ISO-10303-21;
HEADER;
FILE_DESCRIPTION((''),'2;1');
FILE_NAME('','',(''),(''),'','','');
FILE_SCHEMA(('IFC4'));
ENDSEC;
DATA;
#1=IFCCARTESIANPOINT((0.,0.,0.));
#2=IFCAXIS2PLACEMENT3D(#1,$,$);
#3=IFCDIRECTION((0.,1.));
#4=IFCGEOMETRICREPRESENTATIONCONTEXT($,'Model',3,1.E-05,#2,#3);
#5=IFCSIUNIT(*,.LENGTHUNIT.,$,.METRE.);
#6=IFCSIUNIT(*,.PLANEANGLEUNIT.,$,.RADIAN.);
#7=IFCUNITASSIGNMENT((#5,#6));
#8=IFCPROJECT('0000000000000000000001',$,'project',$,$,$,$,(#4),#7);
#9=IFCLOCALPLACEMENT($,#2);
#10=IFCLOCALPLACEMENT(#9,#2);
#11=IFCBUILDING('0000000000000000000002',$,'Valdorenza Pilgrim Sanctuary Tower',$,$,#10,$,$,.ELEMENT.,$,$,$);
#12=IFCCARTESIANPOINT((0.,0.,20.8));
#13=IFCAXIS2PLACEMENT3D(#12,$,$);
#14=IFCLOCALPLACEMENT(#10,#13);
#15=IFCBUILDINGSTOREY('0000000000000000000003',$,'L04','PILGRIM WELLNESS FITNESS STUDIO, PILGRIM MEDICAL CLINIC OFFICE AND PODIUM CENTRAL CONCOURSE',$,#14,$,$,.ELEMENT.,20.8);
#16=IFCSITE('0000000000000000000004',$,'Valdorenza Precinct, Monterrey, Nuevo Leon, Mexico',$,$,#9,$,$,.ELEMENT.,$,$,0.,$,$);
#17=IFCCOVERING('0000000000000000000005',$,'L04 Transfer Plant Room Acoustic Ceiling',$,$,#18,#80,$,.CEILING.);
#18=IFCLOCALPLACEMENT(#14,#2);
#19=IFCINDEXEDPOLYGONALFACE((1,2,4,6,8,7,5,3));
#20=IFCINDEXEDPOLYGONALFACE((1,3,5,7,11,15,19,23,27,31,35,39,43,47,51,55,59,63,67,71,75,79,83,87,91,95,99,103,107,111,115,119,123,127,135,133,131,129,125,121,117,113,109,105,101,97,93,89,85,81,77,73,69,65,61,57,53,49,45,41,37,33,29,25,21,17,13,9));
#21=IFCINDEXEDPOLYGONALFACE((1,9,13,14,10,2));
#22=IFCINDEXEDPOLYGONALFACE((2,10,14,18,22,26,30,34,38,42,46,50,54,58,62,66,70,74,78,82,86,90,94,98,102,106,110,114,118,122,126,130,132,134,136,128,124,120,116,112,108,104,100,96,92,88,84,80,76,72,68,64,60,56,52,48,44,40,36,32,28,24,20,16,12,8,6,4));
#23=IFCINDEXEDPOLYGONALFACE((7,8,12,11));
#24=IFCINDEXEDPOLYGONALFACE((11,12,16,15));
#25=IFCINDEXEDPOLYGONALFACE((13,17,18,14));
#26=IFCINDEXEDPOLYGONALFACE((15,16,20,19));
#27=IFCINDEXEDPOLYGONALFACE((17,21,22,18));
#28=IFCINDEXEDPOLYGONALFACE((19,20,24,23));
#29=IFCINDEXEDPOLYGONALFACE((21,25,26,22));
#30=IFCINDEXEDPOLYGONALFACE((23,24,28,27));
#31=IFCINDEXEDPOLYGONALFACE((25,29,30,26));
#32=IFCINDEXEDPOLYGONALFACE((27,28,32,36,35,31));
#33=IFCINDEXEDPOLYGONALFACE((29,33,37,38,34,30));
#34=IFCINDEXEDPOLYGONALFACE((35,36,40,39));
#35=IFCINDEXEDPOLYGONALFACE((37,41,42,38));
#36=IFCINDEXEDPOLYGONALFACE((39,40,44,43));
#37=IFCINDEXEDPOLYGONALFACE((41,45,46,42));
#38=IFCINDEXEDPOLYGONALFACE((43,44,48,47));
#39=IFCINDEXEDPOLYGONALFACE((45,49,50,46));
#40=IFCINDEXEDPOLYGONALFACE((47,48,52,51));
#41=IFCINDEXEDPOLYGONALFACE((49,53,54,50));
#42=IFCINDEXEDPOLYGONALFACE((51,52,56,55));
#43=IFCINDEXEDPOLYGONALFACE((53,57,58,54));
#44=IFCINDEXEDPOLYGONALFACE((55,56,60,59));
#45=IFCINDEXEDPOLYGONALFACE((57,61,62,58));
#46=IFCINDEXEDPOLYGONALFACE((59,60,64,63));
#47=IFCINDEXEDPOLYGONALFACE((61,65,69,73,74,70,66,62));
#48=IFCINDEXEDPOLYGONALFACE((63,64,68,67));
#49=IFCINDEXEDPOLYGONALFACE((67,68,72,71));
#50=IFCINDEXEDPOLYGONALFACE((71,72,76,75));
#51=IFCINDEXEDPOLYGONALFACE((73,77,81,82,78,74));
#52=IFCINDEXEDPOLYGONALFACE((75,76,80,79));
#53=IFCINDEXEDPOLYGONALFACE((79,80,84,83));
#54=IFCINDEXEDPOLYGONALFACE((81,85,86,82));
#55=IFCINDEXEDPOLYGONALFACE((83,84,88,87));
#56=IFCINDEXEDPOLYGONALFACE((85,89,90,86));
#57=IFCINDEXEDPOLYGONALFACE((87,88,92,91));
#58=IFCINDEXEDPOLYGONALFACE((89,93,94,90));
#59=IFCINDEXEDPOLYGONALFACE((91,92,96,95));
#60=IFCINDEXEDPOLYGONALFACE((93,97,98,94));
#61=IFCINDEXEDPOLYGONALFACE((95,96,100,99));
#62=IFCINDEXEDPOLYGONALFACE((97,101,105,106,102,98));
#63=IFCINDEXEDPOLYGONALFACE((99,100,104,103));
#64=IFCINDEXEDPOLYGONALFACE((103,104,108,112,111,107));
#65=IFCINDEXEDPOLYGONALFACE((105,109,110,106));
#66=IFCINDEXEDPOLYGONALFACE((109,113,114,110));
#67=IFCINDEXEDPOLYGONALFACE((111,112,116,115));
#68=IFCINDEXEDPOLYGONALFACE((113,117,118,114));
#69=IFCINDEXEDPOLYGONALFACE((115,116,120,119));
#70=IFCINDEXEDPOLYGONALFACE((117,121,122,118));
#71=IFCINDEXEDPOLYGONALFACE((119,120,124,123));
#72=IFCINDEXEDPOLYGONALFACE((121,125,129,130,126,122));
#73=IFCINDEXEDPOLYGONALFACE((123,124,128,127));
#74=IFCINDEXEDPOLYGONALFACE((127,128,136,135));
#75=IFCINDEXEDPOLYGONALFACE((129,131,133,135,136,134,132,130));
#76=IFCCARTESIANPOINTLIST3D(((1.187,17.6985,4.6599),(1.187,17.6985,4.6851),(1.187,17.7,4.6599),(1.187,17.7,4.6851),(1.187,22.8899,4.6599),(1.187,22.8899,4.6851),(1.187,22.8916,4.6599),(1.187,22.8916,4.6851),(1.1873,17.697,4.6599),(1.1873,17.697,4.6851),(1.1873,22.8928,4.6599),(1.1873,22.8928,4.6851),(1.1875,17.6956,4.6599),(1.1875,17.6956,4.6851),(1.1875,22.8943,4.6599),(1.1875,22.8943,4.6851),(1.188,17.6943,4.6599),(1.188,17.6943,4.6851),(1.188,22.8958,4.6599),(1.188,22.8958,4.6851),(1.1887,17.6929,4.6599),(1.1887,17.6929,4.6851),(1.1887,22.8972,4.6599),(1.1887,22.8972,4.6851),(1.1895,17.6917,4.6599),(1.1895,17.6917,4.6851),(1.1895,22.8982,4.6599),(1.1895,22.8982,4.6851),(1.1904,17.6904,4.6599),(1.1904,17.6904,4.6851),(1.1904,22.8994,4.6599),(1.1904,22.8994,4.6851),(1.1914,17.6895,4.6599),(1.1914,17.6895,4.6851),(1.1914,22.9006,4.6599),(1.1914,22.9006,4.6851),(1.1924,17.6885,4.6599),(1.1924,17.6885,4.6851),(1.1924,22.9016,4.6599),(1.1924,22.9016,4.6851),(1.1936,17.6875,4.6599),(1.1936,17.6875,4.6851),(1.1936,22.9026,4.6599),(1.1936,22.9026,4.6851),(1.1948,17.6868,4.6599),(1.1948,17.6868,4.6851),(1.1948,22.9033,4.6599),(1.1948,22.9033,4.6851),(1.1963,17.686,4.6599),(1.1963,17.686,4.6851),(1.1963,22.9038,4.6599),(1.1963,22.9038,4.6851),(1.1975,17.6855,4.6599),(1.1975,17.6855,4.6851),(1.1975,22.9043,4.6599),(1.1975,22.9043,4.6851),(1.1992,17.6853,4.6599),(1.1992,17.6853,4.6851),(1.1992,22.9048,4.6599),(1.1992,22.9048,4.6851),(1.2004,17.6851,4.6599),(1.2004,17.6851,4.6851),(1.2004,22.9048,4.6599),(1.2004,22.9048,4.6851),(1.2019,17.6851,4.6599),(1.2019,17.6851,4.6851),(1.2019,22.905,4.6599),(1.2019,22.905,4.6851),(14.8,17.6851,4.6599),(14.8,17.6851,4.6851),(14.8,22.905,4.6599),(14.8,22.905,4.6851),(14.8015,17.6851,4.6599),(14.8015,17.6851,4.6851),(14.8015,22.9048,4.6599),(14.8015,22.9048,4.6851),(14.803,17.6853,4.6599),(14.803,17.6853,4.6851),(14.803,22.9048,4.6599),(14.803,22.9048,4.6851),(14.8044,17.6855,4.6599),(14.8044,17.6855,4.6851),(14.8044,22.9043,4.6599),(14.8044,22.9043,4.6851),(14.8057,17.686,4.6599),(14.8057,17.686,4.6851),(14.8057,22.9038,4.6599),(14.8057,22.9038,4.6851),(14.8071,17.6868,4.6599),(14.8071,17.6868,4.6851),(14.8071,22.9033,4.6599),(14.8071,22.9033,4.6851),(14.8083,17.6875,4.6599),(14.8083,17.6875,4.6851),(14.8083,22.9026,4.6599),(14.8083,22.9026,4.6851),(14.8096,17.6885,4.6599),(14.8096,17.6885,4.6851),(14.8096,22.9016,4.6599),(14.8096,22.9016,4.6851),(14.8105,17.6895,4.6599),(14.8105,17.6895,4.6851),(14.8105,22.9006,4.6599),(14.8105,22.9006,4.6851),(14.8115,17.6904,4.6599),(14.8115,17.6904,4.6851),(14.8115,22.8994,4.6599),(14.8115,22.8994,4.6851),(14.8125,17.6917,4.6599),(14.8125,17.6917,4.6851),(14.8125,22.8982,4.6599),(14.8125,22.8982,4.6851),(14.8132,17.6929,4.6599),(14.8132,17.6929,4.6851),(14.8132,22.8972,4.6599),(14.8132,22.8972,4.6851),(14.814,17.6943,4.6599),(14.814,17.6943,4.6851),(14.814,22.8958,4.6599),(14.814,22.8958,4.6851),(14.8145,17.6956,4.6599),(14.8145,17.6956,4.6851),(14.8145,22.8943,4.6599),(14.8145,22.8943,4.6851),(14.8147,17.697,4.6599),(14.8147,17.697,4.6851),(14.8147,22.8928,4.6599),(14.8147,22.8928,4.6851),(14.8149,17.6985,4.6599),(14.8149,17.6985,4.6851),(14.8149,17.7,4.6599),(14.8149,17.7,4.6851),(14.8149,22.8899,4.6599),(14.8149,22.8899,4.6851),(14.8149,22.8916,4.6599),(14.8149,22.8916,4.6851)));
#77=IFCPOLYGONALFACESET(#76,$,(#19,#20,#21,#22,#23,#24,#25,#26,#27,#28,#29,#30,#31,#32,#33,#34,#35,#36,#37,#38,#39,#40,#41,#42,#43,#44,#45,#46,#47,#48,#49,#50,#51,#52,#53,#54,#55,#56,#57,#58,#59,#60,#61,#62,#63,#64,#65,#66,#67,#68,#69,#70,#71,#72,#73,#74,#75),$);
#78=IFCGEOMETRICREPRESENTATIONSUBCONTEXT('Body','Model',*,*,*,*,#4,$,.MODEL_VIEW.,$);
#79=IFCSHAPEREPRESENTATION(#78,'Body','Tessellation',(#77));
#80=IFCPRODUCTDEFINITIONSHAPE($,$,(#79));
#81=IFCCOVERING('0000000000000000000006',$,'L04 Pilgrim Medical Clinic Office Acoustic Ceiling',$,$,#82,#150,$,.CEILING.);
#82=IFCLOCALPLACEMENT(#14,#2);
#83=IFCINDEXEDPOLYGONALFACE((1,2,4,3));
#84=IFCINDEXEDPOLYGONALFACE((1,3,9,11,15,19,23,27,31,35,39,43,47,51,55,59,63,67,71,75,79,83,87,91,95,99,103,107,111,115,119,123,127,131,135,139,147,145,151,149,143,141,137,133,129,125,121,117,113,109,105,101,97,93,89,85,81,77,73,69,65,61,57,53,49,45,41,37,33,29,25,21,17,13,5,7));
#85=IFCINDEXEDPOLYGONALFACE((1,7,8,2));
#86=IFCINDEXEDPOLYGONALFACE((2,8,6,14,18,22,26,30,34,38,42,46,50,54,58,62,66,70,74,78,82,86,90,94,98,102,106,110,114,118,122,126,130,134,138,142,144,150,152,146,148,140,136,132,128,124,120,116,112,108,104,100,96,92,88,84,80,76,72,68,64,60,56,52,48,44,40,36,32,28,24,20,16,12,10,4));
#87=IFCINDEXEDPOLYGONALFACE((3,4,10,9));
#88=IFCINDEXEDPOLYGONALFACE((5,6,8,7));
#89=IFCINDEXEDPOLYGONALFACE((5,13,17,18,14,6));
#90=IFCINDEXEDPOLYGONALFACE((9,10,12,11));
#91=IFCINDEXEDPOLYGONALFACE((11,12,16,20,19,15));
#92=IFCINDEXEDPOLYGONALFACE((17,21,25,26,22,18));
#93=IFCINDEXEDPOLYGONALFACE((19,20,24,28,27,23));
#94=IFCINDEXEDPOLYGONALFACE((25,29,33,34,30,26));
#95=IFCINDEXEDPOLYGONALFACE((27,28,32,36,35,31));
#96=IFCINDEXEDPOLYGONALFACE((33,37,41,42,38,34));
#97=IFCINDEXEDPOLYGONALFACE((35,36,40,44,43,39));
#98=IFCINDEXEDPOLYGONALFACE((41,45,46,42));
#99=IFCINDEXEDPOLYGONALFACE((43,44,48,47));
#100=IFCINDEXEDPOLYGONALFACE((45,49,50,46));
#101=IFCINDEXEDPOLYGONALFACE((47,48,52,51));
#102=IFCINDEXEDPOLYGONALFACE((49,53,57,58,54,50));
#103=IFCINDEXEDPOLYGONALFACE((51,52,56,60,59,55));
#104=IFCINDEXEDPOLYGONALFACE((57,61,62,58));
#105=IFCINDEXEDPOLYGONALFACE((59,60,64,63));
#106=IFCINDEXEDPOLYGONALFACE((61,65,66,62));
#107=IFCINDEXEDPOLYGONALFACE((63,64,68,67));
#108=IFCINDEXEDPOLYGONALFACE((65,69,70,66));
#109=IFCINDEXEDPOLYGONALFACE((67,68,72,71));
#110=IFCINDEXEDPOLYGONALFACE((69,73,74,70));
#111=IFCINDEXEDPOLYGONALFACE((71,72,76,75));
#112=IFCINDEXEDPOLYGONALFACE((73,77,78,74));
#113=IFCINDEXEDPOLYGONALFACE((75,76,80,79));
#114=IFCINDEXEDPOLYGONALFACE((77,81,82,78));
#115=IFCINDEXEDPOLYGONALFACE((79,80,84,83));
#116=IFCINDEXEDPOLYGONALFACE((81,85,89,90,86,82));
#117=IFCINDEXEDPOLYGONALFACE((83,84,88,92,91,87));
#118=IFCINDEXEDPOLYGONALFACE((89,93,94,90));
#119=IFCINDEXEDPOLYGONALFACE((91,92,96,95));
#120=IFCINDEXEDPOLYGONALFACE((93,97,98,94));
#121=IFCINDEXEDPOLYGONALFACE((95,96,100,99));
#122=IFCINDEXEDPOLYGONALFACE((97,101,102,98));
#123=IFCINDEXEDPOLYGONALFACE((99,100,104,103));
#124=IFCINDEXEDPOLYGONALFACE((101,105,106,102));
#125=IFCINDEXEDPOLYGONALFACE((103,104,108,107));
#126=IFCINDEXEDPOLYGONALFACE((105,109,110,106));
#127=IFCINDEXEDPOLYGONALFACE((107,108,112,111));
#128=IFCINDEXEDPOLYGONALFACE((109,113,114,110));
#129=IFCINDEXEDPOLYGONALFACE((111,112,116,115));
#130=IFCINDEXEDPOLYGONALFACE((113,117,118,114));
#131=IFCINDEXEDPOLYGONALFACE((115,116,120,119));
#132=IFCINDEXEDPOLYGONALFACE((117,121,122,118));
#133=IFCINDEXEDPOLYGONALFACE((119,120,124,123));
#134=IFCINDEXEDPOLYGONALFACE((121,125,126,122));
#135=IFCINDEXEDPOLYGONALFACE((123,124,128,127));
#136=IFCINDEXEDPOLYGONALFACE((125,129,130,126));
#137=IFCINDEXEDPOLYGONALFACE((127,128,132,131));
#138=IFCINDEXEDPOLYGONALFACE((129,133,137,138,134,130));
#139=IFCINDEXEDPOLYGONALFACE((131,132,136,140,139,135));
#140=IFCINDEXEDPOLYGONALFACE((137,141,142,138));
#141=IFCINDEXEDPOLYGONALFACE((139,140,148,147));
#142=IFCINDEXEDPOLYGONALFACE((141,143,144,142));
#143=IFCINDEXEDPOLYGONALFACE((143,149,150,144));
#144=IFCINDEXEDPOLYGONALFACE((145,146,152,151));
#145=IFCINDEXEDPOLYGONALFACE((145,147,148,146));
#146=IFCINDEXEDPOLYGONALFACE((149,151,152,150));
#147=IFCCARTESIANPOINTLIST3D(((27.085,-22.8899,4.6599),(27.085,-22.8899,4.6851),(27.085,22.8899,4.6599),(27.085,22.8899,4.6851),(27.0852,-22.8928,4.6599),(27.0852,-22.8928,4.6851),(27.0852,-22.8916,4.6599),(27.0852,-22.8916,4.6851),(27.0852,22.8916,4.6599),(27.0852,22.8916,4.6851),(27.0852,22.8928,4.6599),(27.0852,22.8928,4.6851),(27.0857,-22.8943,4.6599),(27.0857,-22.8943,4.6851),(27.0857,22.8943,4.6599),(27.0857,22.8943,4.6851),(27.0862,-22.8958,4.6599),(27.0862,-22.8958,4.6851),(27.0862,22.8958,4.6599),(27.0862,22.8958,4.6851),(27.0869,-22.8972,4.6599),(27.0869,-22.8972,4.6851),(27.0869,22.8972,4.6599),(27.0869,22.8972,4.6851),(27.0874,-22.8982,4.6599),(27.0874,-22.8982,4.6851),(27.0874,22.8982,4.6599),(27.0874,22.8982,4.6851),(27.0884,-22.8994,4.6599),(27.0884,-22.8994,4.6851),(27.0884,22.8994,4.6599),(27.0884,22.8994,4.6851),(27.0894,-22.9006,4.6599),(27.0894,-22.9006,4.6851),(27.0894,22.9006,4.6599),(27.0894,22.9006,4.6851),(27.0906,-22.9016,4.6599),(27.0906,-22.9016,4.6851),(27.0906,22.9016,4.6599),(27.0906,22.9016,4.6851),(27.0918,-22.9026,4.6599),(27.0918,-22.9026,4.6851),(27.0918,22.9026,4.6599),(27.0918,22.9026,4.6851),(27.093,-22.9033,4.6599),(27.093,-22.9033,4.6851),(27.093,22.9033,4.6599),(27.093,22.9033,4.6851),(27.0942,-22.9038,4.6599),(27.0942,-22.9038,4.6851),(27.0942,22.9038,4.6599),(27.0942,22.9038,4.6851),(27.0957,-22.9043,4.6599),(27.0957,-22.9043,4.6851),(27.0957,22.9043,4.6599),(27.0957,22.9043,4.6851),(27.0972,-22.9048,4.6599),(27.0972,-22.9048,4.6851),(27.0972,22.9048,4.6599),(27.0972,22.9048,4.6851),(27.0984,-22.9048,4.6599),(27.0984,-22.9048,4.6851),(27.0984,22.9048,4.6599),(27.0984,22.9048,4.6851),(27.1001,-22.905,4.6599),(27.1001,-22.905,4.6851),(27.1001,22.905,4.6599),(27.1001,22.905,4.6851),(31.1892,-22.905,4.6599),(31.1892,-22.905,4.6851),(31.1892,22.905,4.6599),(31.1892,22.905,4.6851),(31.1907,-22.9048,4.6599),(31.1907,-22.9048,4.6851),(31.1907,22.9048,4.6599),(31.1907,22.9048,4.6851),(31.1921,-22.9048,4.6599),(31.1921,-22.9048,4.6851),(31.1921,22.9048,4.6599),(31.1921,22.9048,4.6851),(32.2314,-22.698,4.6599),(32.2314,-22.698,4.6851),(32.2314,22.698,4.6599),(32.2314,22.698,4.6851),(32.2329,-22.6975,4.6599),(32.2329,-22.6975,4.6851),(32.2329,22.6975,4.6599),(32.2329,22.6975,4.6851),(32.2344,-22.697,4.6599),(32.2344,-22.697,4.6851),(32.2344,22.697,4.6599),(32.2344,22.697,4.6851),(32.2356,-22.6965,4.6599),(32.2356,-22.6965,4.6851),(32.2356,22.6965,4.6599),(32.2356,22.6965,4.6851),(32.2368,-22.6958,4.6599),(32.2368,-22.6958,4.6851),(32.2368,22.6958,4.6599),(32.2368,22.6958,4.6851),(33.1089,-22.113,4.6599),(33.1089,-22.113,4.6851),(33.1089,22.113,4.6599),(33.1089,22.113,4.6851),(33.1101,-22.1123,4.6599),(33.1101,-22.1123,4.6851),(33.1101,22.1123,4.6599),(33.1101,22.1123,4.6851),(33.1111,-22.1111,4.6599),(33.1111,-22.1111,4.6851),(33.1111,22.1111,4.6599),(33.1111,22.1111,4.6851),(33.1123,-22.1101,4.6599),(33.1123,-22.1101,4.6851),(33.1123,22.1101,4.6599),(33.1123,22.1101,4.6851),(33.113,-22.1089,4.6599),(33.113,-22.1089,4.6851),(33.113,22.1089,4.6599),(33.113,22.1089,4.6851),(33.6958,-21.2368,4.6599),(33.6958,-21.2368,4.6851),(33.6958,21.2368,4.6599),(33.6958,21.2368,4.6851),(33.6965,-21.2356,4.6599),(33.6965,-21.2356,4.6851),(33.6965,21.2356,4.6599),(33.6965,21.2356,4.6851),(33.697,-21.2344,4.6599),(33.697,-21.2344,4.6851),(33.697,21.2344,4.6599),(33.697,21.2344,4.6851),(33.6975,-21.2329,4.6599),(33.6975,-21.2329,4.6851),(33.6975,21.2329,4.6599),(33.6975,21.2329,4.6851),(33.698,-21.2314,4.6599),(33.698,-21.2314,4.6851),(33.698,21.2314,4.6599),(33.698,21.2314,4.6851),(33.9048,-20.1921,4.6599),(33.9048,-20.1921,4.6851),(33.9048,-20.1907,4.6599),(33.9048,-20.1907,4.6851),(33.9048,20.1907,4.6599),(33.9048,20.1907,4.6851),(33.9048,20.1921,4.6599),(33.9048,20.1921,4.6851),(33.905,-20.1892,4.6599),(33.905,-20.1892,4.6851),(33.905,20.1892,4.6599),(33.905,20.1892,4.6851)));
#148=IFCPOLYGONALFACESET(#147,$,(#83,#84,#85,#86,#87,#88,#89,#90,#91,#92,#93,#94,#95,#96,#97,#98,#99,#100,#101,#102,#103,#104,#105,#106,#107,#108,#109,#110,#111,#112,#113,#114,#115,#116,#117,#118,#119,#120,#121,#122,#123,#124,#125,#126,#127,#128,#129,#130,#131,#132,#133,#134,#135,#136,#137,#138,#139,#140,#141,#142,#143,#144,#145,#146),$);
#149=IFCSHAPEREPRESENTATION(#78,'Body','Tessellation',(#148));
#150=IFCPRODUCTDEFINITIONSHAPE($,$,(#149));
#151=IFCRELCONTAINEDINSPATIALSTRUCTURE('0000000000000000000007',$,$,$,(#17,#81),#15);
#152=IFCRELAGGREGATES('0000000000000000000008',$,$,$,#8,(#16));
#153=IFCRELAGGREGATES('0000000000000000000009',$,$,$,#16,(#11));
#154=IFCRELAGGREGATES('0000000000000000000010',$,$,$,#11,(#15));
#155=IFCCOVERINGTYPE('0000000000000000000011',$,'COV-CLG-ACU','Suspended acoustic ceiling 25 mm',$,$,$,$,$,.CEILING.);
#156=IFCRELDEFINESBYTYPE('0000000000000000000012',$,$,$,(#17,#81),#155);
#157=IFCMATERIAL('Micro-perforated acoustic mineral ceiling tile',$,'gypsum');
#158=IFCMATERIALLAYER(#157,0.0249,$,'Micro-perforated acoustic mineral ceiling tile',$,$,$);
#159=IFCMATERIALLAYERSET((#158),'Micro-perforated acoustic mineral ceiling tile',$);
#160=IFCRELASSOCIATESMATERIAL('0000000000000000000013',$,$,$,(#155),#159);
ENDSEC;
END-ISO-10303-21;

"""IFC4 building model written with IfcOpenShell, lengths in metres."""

from ifc_helpers import new_model, si_unit, direction, frame, origin, place, context, subcontext, project, spatial, polyline, outline, extrude, material, layer, layer_set, type_object, element, save


model = new_model("IFC4")

# Units and contexts
model_context = context("Model", 3, precision=1e-05, world=origin(), true_north=direction((0.0, 1.0)))
body_context = subcontext(model_context, "Body", "Model", "MODEL_VIEW")
ifc_project = project(units=[si_unit("LENGTHUNIT", "METRE"), si_unit("PLANEANGLEUNIT", "RADIAN")], contexts=[model_context])

# Site, building, storey
site_placement = place(None, origin())
site = spatial("IfcSite", under=ifc_project, at=site_placement, Name="Valdorenza Precinct, Monterrey, Nuevo Leon, Mexico", CompositionType="ELEMENT", RefElevation=0.0)
building_placement = place(site_placement, origin())
building = spatial("IfcBuilding", under=site, at=building_placement, Name="Valdorenza Pilgrim Sanctuary Tower", CompositionType="ELEMENT")
storey_placement = place(building_placement, frame((0.0, 0.0, 20.8)))
storey = spatial("IfcBuildingStorey", under=building, at=storey_placement, Name="L04", Description="PILGRIM WELLNESS FITNESS STUDIO, PILGRIM MEDICAL CLINIC OFFICE AND PODIUM CENTRAL CONCOURSE", CompositionType="ELEMENT", Elevation=20.8)

# Coverings
ifc_material_1 = material(Name="Micro-perforated acoustic mineral ceiling tile", Category="gypsum")
ifc_layer_1 = layer(ifc_material_1, 0.0249, Name="Micro-perforated acoustic mineral ceiling tile")
ifc_layer_set_1 = layer_set([ifc_layer_1], Name="Micro-perforated acoustic mineral ceiling tile")
covering_type_1 = type_object("IfcCoveringType", Name="COV-CLG-ACU", Description="Suspended acoustic ceiling 25 mm", PredefinedType="CEILING", material=ifc_layer_set_1)
covering_1_placement = place(storey_placement, frame((0.0, 0.0, 4.6599)))
element("IfcCovering", 1, at=covering_1_placement, inside=storey, type_object=covering_type_1, Name="L04 Transfer Plant Room Acoustic Ceiling", PredefinedType="CEILING", context=body_context, shape_type="SweptSolid", body=[
    extrude(outline(polyline([(1.2019, 17.6851), (1.2004, 17.6851), (1.1992, 17.6853), (1.1975, 17.6855), (1.1963, 17.686), (1.1948, 17.6868), (1.1936, 17.6875), (1.1924, 17.6885), (1.1914, 17.6895), (1.1904, 17.6904), (1.1895, 17.6917), (1.1887, 17.6929), (1.188, 17.6943), (1.1875, 17.6956), (1.1873, 17.697), (1.187, 17.6985), (1.187, 17.7), (1.187, 22.8899), (1.187, 22.8916), (1.1873, 22.8928), (1.1875, 22.8943), (1.188, 22.8958), (1.1887, 22.8972), (1.1895, 22.8982), (1.1904, 22.8994), (1.1914, 22.9006), (1.1924, 22.9016), (1.1936, 22.9026), (1.1948, 22.9033), (1.1963, 22.9038), (1.1975, 22.9043), (1.1992, 22.9048), (1.2004, 22.9048), (1.2019, 22.905), (14.8, 22.905), (14.8015, 22.9048), (14.803, 22.9048), (14.8044, 22.9043), (14.8057, 22.9038), (14.8071, 22.9033), (14.8083, 22.9026), (14.8096, 22.9016), (14.8105, 22.9006), (14.8115, 22.8994), (14.8125, 22.8982), (14.8132, 22.8972), (14.814, 22.8958), (14.8145, 22.8943), (14.8147, 22.8928), (14.8149, 22.8916), (14.8149, 22.8899), (14.8149, 17.7), (14.8149, 17.6985), (14.8147, 17.697), (14.8145, 17.6956), (14.814, 17.6943), (14.8132, 17.6929), (14.8125, 17.6917), (14.8115, 17.6904), (14.8105, 17.6895), (14.8096, 17.6885), (14.8083, 17.6875), (14.8071, 17.6868), (14.8057, 17.686), (14.8044, 17.6855), (14.803, 17.6853), (14.8015, 17.6851), (14.8, 17.6851), (1.2019, 17.6851)])), origin(), (0.0, 0.0, 1.0), 0.0251),
])
covering_2_placement = place(storey_placement, frame((0.0, 0.0, 4.6599)))
element("IfcCovering", 2, at=covering_2_placement, inside=storey, type_object=covering_type_1, Name="L04 Pilgrim Medical Clinic Office Acoustic Ceiling", PredefinedType="CEILING", context=body_context, shape_type="SweptSolid", body=[
    extrude(outline(polyline([(31.1892, 22.905), (31.1907, 22.9048), (31.1921, 22.9048), (32.2314, 22.698), (32.2329, 22.6975), (32.2344, 22.697), (32.2356, 22.6965), (32.2368, 22.6958), (33.1089, 22.113), (33.1101, 22.1123), (33.1111, 22.1111), (33.1123, 22.1101), (33.113, 22.1089), (33.6958, 21.2368), (33.6965, 21.2356), (33.697, 21.2344), (33.6975, 21.2329), (33.698, 21.2314), (33.9048, 20.1921), (33.9048, 20.1907), (33.905, 20.1892), (33.905, -20.1892), (33.9048, -20.1907), (33.9048, -20.1921), (33.698, -21.2314), (33.6975, -21.2329), (33.697, -21.2344), (33.6965, -21.2356), (33.6958, -21.2368), (33.113, -22.1089), (33.1123, -22.1101), (33.1111, -22.1111), (33.1101, -22.1123), (33.1089, -22.113), (32.2368, -22.6958), (32.2356, -22.6965), (32.2344, -22.697), (32.2329, -22.6975), (32.2314, -22.698), (31.1921, -22.9048), (31.1907, -22.9048), (31.1892, -22.905), (27.1001, -22.905), (27.0984, -22.9048), (27.0972, -22.9048), (27.0957, -22.9043), (27.0942, -22.9038), (27.093, -22.9033), (27.0918, -22.9026), (27.0906, -22.9016), (27.0894, -22.9006), (27.0884, -22.8994), (27.0874, -22.8982), (27.0869, -22.8972), (27.0862, -22.8958), (27.0857, -22.8943), (27.0852, -22.8928), (27.0852, -22.8916), (27.085, -22.8899), (27.085, 22.8899), (27.0852, 22.8916), (27.0852, 22.8928), (27.0857, 22.8943), (27.0862, 22.8958), (27.0869, 22.8972), (27.0874, 22.8982), (27.0884, 22.8994), (27.0894, 22.9006), (27.0906, 22.9016), (27.0918, 22.9026), (27.093, 22.9033), (27.0942, 22.9038), (27.0957, 22.9043), (27.0972, 22.9048), (27.0984, 22.9048), (27.1001, 22.905), (31.1892, 22.905)])), origin(), (0.0, 0.0, 1.0), 0.0251),
])

save(model, "model.ifc")
